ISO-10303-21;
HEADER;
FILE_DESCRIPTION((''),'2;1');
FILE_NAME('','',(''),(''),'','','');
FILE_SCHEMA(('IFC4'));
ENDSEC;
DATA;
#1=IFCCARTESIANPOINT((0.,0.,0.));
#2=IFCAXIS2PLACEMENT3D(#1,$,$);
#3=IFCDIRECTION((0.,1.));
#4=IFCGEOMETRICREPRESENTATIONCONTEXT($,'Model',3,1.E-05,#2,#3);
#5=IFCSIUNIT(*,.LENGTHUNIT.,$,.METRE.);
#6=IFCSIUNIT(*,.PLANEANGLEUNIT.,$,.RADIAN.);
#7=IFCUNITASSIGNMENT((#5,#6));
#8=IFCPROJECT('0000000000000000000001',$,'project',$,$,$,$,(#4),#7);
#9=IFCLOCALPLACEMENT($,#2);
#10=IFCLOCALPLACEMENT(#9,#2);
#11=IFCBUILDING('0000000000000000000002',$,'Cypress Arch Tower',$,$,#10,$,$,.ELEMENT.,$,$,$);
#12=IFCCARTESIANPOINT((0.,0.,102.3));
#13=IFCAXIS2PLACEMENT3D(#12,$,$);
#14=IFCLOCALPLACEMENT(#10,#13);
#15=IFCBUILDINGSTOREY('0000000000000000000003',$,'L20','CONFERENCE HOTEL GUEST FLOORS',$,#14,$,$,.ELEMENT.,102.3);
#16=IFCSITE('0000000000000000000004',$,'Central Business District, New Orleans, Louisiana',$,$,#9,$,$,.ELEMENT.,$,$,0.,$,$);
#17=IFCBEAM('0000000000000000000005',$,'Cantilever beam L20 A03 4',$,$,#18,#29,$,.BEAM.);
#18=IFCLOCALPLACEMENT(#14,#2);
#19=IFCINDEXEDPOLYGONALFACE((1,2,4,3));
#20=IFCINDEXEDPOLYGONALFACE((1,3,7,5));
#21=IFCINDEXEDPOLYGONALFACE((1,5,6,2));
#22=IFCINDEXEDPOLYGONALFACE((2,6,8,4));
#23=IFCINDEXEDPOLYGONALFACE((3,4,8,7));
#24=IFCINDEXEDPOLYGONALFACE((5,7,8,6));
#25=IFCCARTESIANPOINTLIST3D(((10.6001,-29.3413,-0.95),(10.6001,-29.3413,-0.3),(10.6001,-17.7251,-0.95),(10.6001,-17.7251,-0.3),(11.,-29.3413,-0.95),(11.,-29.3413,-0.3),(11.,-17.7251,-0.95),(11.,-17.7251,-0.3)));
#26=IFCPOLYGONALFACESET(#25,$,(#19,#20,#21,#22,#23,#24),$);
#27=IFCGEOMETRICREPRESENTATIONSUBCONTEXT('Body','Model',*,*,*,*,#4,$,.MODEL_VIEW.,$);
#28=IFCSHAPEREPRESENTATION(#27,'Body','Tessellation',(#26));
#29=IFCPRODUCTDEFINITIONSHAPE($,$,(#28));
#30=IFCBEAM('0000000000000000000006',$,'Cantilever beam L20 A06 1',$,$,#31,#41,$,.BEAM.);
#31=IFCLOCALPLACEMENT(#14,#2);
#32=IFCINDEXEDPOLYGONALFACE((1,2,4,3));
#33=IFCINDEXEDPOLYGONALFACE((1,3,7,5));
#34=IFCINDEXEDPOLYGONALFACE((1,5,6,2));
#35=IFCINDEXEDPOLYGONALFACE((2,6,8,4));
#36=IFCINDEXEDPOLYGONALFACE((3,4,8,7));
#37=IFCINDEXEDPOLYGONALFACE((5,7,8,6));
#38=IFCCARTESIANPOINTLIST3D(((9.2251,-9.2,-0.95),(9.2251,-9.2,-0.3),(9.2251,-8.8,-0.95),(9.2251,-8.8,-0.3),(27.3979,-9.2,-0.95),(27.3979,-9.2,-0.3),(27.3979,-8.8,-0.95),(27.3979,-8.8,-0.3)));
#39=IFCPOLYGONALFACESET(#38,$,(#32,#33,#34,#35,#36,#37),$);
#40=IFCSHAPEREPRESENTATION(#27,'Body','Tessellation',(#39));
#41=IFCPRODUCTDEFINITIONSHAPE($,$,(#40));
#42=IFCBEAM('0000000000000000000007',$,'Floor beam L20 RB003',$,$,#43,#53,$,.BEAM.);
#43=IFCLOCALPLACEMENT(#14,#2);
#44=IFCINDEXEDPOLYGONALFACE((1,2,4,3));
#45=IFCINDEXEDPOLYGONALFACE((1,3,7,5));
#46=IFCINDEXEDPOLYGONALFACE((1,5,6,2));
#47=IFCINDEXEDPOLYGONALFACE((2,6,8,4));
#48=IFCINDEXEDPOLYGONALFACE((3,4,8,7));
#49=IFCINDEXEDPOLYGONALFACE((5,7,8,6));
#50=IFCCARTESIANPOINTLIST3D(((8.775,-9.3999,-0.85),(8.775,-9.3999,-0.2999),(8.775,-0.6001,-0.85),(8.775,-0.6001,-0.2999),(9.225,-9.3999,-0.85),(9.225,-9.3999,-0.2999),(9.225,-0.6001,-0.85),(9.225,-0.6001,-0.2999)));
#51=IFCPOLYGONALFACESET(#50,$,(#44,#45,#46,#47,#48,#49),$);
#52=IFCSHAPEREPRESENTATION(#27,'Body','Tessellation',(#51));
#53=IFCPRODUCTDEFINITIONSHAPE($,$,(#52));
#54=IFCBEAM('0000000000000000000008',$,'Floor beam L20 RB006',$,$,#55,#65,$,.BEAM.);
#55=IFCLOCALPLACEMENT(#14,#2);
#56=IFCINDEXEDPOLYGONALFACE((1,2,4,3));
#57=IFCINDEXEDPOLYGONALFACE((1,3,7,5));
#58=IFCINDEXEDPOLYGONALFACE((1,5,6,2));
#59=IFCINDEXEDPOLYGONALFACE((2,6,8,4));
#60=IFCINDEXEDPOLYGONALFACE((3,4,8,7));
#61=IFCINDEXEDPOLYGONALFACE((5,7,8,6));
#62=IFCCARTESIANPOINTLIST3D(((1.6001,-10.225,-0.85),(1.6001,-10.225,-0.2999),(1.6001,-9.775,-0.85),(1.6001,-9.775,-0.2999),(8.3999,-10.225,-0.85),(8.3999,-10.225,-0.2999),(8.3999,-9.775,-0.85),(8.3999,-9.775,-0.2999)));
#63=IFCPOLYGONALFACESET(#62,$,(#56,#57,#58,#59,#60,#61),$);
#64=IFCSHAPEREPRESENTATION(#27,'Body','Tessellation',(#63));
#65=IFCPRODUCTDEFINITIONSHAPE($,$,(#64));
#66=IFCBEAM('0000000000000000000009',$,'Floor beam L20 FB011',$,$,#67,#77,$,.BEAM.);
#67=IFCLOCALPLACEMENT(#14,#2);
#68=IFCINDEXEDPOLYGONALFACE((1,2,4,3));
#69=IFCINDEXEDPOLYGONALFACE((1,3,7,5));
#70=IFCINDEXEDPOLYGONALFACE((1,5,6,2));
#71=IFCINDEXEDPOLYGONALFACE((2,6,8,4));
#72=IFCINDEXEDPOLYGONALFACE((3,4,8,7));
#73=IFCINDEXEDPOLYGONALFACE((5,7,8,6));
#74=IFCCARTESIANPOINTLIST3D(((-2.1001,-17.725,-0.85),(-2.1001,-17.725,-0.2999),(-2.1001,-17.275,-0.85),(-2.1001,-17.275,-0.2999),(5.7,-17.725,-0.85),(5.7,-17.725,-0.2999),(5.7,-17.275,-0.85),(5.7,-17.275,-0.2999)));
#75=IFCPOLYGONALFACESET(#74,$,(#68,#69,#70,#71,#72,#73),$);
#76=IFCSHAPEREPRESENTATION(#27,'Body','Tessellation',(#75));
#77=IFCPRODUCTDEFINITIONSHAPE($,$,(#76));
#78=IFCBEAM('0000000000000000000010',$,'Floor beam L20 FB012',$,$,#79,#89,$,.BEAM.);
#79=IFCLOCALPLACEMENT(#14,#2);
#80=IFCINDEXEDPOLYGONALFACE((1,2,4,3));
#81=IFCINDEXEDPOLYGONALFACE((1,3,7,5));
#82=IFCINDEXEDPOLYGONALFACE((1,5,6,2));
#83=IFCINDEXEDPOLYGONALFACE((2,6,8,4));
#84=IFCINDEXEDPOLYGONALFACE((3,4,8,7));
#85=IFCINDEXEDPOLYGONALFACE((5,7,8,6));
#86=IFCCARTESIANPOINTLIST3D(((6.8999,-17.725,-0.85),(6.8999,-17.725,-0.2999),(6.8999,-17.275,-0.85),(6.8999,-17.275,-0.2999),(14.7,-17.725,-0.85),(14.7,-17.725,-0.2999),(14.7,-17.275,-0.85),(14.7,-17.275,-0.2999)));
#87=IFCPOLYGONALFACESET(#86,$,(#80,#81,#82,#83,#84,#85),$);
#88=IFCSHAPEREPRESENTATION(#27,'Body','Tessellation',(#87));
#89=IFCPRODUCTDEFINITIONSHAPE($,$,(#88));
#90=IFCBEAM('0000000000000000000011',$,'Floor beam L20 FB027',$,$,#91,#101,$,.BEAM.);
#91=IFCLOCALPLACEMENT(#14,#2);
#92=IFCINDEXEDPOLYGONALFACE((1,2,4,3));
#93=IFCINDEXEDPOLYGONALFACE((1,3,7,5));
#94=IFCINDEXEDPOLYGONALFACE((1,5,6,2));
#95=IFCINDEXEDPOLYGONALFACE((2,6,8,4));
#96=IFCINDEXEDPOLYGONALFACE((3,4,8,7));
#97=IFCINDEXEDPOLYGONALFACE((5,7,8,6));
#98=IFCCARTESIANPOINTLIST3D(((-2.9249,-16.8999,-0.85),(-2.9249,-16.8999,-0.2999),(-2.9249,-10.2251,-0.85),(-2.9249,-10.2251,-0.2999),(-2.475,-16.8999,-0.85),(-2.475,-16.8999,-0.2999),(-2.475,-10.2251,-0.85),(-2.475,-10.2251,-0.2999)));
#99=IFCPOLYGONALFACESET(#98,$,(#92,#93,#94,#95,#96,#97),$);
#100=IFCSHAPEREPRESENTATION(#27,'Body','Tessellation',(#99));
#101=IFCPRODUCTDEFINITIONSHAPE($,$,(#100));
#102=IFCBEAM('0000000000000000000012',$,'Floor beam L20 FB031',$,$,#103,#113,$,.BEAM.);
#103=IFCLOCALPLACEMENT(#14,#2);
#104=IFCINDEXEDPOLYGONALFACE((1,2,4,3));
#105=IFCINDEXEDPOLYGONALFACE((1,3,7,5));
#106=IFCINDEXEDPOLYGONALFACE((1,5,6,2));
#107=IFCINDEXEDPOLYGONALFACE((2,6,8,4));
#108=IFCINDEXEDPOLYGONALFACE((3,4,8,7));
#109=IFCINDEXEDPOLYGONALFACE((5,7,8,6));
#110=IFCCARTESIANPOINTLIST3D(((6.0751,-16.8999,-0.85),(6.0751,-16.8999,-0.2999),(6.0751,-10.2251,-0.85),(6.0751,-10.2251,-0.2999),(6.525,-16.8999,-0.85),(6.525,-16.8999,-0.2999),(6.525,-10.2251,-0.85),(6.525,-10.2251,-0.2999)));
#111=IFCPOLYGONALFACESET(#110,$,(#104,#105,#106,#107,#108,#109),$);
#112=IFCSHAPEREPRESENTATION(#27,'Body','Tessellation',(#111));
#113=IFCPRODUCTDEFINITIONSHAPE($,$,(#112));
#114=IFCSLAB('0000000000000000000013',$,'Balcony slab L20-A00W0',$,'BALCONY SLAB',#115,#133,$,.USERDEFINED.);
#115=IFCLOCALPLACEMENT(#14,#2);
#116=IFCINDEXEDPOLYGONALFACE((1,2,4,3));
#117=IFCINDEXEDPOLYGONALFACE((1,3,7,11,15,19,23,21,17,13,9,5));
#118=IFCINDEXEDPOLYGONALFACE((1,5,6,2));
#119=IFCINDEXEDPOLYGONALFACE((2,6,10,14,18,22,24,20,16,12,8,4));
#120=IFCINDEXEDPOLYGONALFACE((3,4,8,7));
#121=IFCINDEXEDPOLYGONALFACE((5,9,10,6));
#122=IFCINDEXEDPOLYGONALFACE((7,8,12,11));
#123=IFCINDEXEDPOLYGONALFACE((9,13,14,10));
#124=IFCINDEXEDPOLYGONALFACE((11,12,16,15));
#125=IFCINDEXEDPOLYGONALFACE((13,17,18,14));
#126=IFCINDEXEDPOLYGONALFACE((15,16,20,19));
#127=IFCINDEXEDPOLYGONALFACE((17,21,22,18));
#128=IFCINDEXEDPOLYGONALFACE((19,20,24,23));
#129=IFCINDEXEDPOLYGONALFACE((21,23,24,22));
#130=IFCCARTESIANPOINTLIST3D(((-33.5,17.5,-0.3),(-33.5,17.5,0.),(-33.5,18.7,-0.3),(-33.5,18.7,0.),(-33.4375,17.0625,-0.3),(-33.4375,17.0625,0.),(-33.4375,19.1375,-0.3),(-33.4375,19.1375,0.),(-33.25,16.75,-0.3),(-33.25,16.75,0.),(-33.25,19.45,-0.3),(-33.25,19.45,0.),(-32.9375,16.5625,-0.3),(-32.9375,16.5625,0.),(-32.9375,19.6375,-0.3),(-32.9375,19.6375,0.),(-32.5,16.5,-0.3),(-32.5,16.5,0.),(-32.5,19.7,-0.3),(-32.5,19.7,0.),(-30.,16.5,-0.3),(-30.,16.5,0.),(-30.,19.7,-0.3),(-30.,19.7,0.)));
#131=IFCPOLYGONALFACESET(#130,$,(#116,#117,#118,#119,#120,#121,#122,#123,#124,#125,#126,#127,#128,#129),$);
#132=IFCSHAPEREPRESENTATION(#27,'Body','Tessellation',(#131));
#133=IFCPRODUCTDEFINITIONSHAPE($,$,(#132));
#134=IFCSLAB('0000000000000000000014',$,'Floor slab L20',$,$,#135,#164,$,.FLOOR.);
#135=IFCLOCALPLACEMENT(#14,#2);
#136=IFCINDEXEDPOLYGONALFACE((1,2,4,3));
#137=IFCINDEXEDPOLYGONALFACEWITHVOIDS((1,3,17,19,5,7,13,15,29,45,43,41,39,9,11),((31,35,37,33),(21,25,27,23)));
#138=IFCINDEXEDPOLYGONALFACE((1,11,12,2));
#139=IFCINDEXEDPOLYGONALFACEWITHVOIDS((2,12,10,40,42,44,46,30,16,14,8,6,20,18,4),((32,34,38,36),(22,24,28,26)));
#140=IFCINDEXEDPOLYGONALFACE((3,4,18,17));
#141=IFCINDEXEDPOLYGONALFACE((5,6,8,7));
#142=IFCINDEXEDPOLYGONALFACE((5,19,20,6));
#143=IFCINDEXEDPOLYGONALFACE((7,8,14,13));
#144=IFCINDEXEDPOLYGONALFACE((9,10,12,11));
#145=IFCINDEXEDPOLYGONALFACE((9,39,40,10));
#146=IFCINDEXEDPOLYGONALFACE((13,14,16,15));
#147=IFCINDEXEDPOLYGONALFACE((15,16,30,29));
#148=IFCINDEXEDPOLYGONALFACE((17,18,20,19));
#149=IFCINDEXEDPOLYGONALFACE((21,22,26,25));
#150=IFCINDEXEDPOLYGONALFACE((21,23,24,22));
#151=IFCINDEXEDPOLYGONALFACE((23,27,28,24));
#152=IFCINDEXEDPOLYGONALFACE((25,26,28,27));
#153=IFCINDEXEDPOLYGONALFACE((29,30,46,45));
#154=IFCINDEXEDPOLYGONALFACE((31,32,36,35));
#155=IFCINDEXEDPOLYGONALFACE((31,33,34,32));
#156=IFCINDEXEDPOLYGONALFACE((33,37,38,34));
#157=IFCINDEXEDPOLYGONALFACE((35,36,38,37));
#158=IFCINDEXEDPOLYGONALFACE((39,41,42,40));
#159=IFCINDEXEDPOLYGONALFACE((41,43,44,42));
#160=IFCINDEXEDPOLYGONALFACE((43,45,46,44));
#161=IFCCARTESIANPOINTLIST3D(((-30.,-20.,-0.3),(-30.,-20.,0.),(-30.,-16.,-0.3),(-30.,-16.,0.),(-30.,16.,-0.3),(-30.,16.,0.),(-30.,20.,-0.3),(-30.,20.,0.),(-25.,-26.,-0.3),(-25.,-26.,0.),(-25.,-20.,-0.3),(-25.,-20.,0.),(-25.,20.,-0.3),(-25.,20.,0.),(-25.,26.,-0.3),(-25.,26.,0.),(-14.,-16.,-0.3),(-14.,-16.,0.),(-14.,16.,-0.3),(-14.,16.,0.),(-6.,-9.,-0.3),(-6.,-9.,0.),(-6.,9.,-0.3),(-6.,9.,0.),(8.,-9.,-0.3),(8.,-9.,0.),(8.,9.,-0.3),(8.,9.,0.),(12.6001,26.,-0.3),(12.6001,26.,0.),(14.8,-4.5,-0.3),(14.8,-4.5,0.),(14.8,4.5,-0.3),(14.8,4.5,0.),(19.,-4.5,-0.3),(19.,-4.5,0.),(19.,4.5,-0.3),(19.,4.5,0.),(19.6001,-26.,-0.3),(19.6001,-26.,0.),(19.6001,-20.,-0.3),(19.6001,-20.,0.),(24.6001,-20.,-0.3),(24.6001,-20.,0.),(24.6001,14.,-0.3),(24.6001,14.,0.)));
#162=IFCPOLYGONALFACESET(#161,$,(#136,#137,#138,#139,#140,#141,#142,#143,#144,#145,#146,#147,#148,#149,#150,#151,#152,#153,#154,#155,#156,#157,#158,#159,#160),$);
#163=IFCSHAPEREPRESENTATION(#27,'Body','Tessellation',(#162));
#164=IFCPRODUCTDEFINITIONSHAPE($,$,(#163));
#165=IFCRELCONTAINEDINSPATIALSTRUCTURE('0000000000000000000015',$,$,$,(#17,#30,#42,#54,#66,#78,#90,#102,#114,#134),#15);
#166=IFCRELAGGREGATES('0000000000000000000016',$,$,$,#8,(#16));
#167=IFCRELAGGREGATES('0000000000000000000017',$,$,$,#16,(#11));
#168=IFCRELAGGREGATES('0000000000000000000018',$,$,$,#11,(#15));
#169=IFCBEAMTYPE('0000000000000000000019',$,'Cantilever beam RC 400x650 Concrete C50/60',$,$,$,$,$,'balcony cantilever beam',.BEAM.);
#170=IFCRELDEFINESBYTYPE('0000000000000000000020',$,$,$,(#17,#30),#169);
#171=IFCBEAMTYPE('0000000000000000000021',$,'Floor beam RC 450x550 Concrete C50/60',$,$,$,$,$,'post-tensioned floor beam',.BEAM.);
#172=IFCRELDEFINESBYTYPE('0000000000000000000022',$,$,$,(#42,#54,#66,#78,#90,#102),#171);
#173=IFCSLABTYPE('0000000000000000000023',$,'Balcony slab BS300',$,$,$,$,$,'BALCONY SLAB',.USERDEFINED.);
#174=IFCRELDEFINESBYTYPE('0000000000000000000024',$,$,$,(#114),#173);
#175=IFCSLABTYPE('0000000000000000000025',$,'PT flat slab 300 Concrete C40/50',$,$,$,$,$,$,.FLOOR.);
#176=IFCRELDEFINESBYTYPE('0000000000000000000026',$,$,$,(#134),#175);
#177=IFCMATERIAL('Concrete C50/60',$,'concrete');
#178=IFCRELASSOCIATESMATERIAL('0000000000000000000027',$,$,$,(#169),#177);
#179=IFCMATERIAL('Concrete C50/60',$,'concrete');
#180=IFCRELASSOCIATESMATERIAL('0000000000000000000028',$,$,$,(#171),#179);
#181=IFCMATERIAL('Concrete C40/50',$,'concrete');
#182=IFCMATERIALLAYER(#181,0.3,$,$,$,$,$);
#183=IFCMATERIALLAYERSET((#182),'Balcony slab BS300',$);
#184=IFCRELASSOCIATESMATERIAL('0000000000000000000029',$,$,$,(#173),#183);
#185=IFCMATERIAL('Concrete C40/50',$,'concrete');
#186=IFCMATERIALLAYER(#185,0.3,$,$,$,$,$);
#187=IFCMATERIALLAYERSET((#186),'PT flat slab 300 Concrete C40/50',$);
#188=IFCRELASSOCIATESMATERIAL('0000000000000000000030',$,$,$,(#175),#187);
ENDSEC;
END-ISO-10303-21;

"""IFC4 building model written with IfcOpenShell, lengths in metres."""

from ifc_helpers import new_model, si_unit, direction, frame, origin, origin_2d, place, context, subcontext, project, spatial, polyline, rectangle, outline, extrude, material, layer, layer_set, material_profile, profile_set, type_object, element, save


model = new_model("IFC4")

# Units and contexts
model_context = context("Model", 3, precision=1e-05, world=origin(), true_north=direction((0.0, 1.0)))
body_context = subcontext(model_context, "Body", "Model", "MODEL_VIEW")
ifc_project = project(units=[si_unit("LENGTHUNIT", "METRE"), si_unit("PLANEANGLEUNIT", "RADIAN")], contexts=[model_context])

# Site, building, storey
site_placement = place(None, origin())
site = spatial("IfcSite", under=ifc_project, at=site_placement, Name="Central Business District, New Orleans, Louisiana", CompositionType="ELEMENT", RefElevation=0.0)
building_placement = place(site_placement, origin())
building = spatial("IfcBuilding", under=site, at=building_placement, Name="Cypress Arch Tower", CompositionType="ELEMENT")
storey_placement = place(building_placement, frame((0.0, 0.0, 102.3)))
storey = spatial("IfcBuildingStorey", under=building, at=storey_placement, Name="L20", Description="CONFERENCE HOTEL GUEST FLOORS", CompositionType="ELEMENT", Elevation=102.3)

# Beams
ifc_material_1 = material(Name="Concrete C50/60", Category="concrete")
ifc_material_profile_1 = material_profile(ifc_material_1, rectangle(XDim=0.3999, YDim=0.6499, at=origin_2d()), Name="RC 400x650")
ifc_profile_set_1 = profile_set([ifc_material_profile_1], Name="Concrete C50/60")
beam_type_1 = type_object("IfcBeamType", Name="Cantilever beam RC 400x650 Concrete C50/60", ElementType="balcony cantilever beam", PredefinedType="BEAM", material=ifc_profile_set_1)
beam_1_placement = place(storey_placement, frame((10.8, -17.7251, -0.625), z_axis=(0.0, -1.0, 0.0), x_axis=(1.0, 0.0, 0.0)))
element("IfcBeam", 1, at=beam_1_placement, inside=storey, type_object=beam_type_1, Name="Cantilever beam L20 A03 4", PredefinedType="BEAM", context=body_context, shape_type="SweptSolid", body=[
    extrude(rectangle(XDim=0.3999, YDim=0.6499, at=origin_2d()), origin(), (0.0, 0.0, 1.0), 11.6162),
])
beam_2_placement = place(storey_placement, frame((9.2251, -9.0, -0.625), z_axis=(1.0, 0.0, 0.0), x_axis=(0.0, 1.0, 0.0)))
element("IfcBeam", 2, at=beam_2_placement, inside=storey, type_object=beam_type_1, Name="Cantilever beam L20 A06 1", PredefinedType="BEAM", context=body_context, shape_type="SweptSolid", body=[
    extrude(rectangle(XDim=0.3999, YDim=0.6499, at=origin_2d()), origin(), (0.0, 0.0, 1.0), 18.1729),
])
ifc_material_2 = material(Name="Concrete C50/60", Category="concrete")
ifc_material_profile_2 = material_profile(ifc_material_2, rectangle(XDim=0.45, YDim=0.55, at=origin_2d()), Name="RC 450x550")
ifc_profile_set_2 = profile_set([ifc_material_profile_2], Name="Concrete C50/60")
beam_type_2 = type_object("IfcBeamType", Name="Floor beam RC 450x550 Concrete C50/60", ElementType="post-tensioned floor beam", PredefinedType="BEAM", material=ifc_profile_set_2)
beam_3_placement = place(storey_placement, frame((9.0, -9.3999, -0.575), z_axis=(0.0, 1.0, 0.0), x_axis=(-1.0, 0.0, 0.0)))
element("IfcBeam", 3, at=beam_3_placement, inside=storey, type_object=beam_type_2, Name="Floor beam L20 RB003", PredefinedType="BEAM", context=body_context, shape_type="SweptSolid", body=[
    extrude(rectangle(XDim=0.45, YDim=0.55, at=origin_2d()), origin(), (0.0, 0.0, 1.0), 8.7998),
])
beam_4_placement = place(storey_placement, frame((1.6001, -10.0, -0.575), z_axis=(1.0, 0.0, 0.0), x_axis=(0.0, 1.0, 0.0)))
element("IfcBeam", 4, at=beam_4_placement, inside=storey, type_object=beam_type_2, Name="Floor beam L20 RB006", PredefinedType="BEAM", context=body_context, shape_type="SweptSolid", body=[
    extrude(rectangle(XDim=0.45, YDim=0.55, at=origin_2d()), origin(), (0.0, 0.0, 1.0), 6.7998),
])
for number, where, z_axis, x_axis, name in (
    (5, (-2.1001, -17.5, -0.575), (1.0, 0.0, 0.0), (0.0, 1.0, 0.0), "Floor beam L20 FB011"),
    (6, (6.8999, -17.5, -0.575), (1.0, 0.0, 0.0), (0.0, 1.0, 0.0), "Floor beam L20 FB012"),
):
    element("IfcBeam", number, at=place(storey_placement, frame(where, z_axis=z_axis, x_axis=x_axis)), inside=storey, type_object=beam_type_2, Name=name, PredefinedType="BEAM", context=body_context, shape_type="SweptSolid", body=[
        extrude(rectangle(XDim=0.45, YDim=0.55, at=origin_2d()), origin(), (0.0, 0.0, 1.0), 7.8),
    ])
for number, where, z_axis, x_axis, name in (
    (7, (-2.7, -16.8999, -0.575), (0.0, 1.0, 0.0), (-1.0, 0.0, 0.0), "Floor beam L20 FB027"),
    (8, (6.3, -16.8999, -0.575), (0.0, 1.0, 0.0), (-1.0, 0.0, 0.0), "Floor beam L20 FB031"),
):
    element("IfcBeam", number, at=place(storey_placement, frame(where, z_axis=z_axis, x_axis=x_axis)), inside=storey, type_object=beam_type_2, Name=name, PredefinedType="BEAM", context=body_context, shape_type="SweptSolid", body=[
        extrude(rectangle(XDim=0.45, YDim=0.55, at=origin_2d()), origin(), (0.0, 0.0, 1.0), 6.6748),
    ])

# Slabs
ifc_material_3 = material(Name="Concrete C40/50", Category="concrete")
ifc_layer_1 = layer(ifc_material_3, 0.3)
ifc_layer_set_1 = layer_set([ifc_layer_1], Name="Balcony slab BS300")
slab_type_1 = type_object("IfcSlabType", Name="Balcony slab BS300", ElementType="BALCONY SLAB", PredefinedType="USERDEFINED", material=ifc_layer_set_1)
slab_1_placement = place(storey_placement, frame((0.0, 0.0, -0.3)))
element("IfcSlab", 9, at=slab_1_placement, inside=storey, type_object=slab_type_1, Name="Balcony slab L20-A00W0", ObjectType="BALCONY SLAB", PredefinedType="USERDEFINED", context=body_context, shape_type="SweptSolid", body=[
    extrude(outline(polyline([(-30.0, 19.7), (-32.5, 19.7), (-32.9375, 19.6375), (-33.25, 19.45), (-33.4375, 19.1375), (-33.5, 18.7), (-33.5, 17.5), (-33.4375, 17.0625), (-33.25, 16.75), (-32.9375, 16.5625), (-32.5, 16.5), (-30.0, 16.5), (-30.0, 19.7)])), origin(), (0.0, 0.0, 1.0), 0.3),
])
ifc_material_4 = material(Name="Concrete C40/50", Category="concrete")
ifc_layer_2 = layer(ifc_material_4, 0.3)
ifc_layer_set_2 = layer_set([ifc_layer_2], Name="PT flat slab 300 Concrete C40/50")
slab_type_2 = type_object("IfcSlabType", Name="PT flat slab 300 Concrete C40/50", PredefinedType="FLOOR", material=ifc_layer_set_2)
slab_2_placement = place(storey_placement, frame((0.0, 0.0, -0.3)))
element("IfcSlab", 10, at=slab_2_placement, inside=storey, type_object=slab_type_2, Name="Floor slab L20", PredefinedType="FLOOR", context=body_context, shape_type="SweptSolid", body=[
    extrude(outline(polyline([(-30.0, 20.0), (-25.0, 20.0), (-25.0, 26.0), (12.6001, 26.0), (24.6001, 14.0), (24.6001, -20.0), (19.6001, -20.0), (19.6001, -26.0), (-25.0, -26.0), (-25.0, -20.0), (-30.0, -20.0), (-30.0, -16.0), (-14.0, -16.0), (-14.0, 16.0), (-30.0, 16.0), (-30.0, 20.0)]), holes=[polyline([(-6.0, -9.0), (8.0, -9.0), (8.0, 9.0), (-6.0, 9.0), (-6.0, -9.0)]), polyline([(14.8, -4.5), (19.0, -4.5), (19.0, 4.5), (14.8, 4.5), (14.8, -4.5)])]), origin(), (0.0, 0.0, 1.0), 0.3),
])

save(model, "model.ifc")
